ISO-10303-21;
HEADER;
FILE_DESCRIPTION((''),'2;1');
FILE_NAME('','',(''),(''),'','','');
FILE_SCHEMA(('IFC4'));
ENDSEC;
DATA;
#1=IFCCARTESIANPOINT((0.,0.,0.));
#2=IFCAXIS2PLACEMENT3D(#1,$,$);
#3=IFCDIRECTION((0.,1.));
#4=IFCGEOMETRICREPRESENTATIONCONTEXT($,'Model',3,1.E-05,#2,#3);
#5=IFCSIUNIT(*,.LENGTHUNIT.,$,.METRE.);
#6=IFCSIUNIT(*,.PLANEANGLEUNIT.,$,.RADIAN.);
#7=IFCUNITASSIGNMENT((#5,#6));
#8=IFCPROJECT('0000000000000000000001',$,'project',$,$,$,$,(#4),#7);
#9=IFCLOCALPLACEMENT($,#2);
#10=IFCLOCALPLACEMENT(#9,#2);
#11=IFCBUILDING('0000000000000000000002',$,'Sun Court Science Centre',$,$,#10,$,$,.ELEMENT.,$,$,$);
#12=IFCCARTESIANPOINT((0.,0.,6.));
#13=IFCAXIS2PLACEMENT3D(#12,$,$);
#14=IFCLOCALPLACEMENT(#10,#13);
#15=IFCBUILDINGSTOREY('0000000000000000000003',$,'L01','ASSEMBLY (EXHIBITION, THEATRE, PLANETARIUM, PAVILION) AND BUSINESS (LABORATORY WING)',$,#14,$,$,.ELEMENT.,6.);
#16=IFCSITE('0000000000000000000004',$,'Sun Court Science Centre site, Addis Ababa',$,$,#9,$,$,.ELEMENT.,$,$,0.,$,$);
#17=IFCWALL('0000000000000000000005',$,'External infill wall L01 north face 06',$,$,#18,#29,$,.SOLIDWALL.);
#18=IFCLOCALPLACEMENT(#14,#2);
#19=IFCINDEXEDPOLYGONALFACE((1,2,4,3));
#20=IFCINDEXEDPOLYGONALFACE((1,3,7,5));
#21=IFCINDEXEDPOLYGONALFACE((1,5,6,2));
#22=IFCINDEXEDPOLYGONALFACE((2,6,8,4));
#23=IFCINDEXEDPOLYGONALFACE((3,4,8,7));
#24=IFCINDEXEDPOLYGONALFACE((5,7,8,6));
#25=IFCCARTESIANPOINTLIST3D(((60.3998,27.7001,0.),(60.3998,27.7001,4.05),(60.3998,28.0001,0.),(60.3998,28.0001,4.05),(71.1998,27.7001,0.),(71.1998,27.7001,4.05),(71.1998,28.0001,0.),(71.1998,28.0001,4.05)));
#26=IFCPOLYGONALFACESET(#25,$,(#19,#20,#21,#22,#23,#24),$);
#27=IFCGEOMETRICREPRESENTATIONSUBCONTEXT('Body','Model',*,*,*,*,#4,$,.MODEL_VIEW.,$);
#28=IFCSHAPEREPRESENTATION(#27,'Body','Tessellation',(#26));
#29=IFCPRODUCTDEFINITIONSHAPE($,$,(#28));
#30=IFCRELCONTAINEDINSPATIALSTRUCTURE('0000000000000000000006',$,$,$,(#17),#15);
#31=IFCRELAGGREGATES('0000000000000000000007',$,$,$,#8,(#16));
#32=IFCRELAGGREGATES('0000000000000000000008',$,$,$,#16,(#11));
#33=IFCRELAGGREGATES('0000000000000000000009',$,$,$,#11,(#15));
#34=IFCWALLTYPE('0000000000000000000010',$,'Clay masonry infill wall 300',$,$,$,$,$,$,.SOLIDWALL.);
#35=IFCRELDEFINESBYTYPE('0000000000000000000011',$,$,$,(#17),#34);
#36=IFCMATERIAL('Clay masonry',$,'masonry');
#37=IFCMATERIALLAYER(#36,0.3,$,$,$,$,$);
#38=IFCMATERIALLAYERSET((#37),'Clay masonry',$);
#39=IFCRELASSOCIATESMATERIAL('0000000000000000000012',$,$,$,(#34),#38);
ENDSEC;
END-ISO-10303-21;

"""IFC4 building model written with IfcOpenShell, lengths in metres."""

from ifc_helpers import new_model, si_unit, direction, frame, frame_2d, origin, place, context, subcontext, project, spatial, rectangle, extrude, material, layer, layer_set, type_object, element, save


model = new_model("IFC4")

# Units and contexts
model_context = context("Model", 3, precision=1e-05, world=origin(), true_north=direction((0.0, 1.0)))
body_context = subcontext(model_context, "Body", "Model", "MODEL_VIEW")
ifc_project = project(units=[si_unit("LENGTHUNIT", "METRE"), si_unit("PLANEANGLEUNIT", "RADIAN")], contexts=[model_context])

# Site, building, storey
site_placement = place(None, origin())
site = spatial("IfcSite", under=ifc_project, at=site_placement, Name="Sun Court Science Centre site, Addis Ababa", CompositionType="ELEMENT", RefElevation=0.0)
building_placement = place(site_placement, origin())
building = spatial("IfcBuilding", under=site, at=building_placement, Name="Sun Court Science Centre", CompositionType="ELEMENT")
storey_placement = place(building_placement, frame((0.0, 0.0, 6.0)))
storey = spatial("IfcBuildingStorey", under=building, at=storey_placement, Name="L01", Description="ASSEMBLY (EXHIBITION, THEATRE, PLANETARIUM, PAVILION) AND BUSINESS (LABORATORY WING)", CompositionType="ELEMENT", Elevation=6.0)

# Wall
ifc_material_1 = material(Name="Clay masonry", Category="masonry")
ifc_layer_1 = layer(ifc_material_1, 0.3)
ifc_layer_set_1 = layer_set([ifc_layer_1], Name="Clay masonry")
wall_type = type_object("IfcWallType", Name="Clay masonry infill wall 300", PredefinedType="SOLIDWALL", material=ifc_layer_set_1)
wall_placement = place(storey_placement, frame((60.3999, 27.8501, 0.0), z_axis=(0.0, 0.0, 1.0), x_axis=(1.0, 0.0, 0.0)))
element("IfcWall", 1, at=wall_placement, inside=storey, type_object=wall_type, Name="External infill wall L01 north face 06", PredefinedType="SOLIDWALL", context=body_context, shape_type="SweptSolid", body=[
    extrude(rectangle(XDim=10.8, YDim=0.3, at=frame_2d((5.3999, 0.0))), origin(), (0.0, 0.0, 1.0), 4.05),
])

save(model, "model.ifc")
